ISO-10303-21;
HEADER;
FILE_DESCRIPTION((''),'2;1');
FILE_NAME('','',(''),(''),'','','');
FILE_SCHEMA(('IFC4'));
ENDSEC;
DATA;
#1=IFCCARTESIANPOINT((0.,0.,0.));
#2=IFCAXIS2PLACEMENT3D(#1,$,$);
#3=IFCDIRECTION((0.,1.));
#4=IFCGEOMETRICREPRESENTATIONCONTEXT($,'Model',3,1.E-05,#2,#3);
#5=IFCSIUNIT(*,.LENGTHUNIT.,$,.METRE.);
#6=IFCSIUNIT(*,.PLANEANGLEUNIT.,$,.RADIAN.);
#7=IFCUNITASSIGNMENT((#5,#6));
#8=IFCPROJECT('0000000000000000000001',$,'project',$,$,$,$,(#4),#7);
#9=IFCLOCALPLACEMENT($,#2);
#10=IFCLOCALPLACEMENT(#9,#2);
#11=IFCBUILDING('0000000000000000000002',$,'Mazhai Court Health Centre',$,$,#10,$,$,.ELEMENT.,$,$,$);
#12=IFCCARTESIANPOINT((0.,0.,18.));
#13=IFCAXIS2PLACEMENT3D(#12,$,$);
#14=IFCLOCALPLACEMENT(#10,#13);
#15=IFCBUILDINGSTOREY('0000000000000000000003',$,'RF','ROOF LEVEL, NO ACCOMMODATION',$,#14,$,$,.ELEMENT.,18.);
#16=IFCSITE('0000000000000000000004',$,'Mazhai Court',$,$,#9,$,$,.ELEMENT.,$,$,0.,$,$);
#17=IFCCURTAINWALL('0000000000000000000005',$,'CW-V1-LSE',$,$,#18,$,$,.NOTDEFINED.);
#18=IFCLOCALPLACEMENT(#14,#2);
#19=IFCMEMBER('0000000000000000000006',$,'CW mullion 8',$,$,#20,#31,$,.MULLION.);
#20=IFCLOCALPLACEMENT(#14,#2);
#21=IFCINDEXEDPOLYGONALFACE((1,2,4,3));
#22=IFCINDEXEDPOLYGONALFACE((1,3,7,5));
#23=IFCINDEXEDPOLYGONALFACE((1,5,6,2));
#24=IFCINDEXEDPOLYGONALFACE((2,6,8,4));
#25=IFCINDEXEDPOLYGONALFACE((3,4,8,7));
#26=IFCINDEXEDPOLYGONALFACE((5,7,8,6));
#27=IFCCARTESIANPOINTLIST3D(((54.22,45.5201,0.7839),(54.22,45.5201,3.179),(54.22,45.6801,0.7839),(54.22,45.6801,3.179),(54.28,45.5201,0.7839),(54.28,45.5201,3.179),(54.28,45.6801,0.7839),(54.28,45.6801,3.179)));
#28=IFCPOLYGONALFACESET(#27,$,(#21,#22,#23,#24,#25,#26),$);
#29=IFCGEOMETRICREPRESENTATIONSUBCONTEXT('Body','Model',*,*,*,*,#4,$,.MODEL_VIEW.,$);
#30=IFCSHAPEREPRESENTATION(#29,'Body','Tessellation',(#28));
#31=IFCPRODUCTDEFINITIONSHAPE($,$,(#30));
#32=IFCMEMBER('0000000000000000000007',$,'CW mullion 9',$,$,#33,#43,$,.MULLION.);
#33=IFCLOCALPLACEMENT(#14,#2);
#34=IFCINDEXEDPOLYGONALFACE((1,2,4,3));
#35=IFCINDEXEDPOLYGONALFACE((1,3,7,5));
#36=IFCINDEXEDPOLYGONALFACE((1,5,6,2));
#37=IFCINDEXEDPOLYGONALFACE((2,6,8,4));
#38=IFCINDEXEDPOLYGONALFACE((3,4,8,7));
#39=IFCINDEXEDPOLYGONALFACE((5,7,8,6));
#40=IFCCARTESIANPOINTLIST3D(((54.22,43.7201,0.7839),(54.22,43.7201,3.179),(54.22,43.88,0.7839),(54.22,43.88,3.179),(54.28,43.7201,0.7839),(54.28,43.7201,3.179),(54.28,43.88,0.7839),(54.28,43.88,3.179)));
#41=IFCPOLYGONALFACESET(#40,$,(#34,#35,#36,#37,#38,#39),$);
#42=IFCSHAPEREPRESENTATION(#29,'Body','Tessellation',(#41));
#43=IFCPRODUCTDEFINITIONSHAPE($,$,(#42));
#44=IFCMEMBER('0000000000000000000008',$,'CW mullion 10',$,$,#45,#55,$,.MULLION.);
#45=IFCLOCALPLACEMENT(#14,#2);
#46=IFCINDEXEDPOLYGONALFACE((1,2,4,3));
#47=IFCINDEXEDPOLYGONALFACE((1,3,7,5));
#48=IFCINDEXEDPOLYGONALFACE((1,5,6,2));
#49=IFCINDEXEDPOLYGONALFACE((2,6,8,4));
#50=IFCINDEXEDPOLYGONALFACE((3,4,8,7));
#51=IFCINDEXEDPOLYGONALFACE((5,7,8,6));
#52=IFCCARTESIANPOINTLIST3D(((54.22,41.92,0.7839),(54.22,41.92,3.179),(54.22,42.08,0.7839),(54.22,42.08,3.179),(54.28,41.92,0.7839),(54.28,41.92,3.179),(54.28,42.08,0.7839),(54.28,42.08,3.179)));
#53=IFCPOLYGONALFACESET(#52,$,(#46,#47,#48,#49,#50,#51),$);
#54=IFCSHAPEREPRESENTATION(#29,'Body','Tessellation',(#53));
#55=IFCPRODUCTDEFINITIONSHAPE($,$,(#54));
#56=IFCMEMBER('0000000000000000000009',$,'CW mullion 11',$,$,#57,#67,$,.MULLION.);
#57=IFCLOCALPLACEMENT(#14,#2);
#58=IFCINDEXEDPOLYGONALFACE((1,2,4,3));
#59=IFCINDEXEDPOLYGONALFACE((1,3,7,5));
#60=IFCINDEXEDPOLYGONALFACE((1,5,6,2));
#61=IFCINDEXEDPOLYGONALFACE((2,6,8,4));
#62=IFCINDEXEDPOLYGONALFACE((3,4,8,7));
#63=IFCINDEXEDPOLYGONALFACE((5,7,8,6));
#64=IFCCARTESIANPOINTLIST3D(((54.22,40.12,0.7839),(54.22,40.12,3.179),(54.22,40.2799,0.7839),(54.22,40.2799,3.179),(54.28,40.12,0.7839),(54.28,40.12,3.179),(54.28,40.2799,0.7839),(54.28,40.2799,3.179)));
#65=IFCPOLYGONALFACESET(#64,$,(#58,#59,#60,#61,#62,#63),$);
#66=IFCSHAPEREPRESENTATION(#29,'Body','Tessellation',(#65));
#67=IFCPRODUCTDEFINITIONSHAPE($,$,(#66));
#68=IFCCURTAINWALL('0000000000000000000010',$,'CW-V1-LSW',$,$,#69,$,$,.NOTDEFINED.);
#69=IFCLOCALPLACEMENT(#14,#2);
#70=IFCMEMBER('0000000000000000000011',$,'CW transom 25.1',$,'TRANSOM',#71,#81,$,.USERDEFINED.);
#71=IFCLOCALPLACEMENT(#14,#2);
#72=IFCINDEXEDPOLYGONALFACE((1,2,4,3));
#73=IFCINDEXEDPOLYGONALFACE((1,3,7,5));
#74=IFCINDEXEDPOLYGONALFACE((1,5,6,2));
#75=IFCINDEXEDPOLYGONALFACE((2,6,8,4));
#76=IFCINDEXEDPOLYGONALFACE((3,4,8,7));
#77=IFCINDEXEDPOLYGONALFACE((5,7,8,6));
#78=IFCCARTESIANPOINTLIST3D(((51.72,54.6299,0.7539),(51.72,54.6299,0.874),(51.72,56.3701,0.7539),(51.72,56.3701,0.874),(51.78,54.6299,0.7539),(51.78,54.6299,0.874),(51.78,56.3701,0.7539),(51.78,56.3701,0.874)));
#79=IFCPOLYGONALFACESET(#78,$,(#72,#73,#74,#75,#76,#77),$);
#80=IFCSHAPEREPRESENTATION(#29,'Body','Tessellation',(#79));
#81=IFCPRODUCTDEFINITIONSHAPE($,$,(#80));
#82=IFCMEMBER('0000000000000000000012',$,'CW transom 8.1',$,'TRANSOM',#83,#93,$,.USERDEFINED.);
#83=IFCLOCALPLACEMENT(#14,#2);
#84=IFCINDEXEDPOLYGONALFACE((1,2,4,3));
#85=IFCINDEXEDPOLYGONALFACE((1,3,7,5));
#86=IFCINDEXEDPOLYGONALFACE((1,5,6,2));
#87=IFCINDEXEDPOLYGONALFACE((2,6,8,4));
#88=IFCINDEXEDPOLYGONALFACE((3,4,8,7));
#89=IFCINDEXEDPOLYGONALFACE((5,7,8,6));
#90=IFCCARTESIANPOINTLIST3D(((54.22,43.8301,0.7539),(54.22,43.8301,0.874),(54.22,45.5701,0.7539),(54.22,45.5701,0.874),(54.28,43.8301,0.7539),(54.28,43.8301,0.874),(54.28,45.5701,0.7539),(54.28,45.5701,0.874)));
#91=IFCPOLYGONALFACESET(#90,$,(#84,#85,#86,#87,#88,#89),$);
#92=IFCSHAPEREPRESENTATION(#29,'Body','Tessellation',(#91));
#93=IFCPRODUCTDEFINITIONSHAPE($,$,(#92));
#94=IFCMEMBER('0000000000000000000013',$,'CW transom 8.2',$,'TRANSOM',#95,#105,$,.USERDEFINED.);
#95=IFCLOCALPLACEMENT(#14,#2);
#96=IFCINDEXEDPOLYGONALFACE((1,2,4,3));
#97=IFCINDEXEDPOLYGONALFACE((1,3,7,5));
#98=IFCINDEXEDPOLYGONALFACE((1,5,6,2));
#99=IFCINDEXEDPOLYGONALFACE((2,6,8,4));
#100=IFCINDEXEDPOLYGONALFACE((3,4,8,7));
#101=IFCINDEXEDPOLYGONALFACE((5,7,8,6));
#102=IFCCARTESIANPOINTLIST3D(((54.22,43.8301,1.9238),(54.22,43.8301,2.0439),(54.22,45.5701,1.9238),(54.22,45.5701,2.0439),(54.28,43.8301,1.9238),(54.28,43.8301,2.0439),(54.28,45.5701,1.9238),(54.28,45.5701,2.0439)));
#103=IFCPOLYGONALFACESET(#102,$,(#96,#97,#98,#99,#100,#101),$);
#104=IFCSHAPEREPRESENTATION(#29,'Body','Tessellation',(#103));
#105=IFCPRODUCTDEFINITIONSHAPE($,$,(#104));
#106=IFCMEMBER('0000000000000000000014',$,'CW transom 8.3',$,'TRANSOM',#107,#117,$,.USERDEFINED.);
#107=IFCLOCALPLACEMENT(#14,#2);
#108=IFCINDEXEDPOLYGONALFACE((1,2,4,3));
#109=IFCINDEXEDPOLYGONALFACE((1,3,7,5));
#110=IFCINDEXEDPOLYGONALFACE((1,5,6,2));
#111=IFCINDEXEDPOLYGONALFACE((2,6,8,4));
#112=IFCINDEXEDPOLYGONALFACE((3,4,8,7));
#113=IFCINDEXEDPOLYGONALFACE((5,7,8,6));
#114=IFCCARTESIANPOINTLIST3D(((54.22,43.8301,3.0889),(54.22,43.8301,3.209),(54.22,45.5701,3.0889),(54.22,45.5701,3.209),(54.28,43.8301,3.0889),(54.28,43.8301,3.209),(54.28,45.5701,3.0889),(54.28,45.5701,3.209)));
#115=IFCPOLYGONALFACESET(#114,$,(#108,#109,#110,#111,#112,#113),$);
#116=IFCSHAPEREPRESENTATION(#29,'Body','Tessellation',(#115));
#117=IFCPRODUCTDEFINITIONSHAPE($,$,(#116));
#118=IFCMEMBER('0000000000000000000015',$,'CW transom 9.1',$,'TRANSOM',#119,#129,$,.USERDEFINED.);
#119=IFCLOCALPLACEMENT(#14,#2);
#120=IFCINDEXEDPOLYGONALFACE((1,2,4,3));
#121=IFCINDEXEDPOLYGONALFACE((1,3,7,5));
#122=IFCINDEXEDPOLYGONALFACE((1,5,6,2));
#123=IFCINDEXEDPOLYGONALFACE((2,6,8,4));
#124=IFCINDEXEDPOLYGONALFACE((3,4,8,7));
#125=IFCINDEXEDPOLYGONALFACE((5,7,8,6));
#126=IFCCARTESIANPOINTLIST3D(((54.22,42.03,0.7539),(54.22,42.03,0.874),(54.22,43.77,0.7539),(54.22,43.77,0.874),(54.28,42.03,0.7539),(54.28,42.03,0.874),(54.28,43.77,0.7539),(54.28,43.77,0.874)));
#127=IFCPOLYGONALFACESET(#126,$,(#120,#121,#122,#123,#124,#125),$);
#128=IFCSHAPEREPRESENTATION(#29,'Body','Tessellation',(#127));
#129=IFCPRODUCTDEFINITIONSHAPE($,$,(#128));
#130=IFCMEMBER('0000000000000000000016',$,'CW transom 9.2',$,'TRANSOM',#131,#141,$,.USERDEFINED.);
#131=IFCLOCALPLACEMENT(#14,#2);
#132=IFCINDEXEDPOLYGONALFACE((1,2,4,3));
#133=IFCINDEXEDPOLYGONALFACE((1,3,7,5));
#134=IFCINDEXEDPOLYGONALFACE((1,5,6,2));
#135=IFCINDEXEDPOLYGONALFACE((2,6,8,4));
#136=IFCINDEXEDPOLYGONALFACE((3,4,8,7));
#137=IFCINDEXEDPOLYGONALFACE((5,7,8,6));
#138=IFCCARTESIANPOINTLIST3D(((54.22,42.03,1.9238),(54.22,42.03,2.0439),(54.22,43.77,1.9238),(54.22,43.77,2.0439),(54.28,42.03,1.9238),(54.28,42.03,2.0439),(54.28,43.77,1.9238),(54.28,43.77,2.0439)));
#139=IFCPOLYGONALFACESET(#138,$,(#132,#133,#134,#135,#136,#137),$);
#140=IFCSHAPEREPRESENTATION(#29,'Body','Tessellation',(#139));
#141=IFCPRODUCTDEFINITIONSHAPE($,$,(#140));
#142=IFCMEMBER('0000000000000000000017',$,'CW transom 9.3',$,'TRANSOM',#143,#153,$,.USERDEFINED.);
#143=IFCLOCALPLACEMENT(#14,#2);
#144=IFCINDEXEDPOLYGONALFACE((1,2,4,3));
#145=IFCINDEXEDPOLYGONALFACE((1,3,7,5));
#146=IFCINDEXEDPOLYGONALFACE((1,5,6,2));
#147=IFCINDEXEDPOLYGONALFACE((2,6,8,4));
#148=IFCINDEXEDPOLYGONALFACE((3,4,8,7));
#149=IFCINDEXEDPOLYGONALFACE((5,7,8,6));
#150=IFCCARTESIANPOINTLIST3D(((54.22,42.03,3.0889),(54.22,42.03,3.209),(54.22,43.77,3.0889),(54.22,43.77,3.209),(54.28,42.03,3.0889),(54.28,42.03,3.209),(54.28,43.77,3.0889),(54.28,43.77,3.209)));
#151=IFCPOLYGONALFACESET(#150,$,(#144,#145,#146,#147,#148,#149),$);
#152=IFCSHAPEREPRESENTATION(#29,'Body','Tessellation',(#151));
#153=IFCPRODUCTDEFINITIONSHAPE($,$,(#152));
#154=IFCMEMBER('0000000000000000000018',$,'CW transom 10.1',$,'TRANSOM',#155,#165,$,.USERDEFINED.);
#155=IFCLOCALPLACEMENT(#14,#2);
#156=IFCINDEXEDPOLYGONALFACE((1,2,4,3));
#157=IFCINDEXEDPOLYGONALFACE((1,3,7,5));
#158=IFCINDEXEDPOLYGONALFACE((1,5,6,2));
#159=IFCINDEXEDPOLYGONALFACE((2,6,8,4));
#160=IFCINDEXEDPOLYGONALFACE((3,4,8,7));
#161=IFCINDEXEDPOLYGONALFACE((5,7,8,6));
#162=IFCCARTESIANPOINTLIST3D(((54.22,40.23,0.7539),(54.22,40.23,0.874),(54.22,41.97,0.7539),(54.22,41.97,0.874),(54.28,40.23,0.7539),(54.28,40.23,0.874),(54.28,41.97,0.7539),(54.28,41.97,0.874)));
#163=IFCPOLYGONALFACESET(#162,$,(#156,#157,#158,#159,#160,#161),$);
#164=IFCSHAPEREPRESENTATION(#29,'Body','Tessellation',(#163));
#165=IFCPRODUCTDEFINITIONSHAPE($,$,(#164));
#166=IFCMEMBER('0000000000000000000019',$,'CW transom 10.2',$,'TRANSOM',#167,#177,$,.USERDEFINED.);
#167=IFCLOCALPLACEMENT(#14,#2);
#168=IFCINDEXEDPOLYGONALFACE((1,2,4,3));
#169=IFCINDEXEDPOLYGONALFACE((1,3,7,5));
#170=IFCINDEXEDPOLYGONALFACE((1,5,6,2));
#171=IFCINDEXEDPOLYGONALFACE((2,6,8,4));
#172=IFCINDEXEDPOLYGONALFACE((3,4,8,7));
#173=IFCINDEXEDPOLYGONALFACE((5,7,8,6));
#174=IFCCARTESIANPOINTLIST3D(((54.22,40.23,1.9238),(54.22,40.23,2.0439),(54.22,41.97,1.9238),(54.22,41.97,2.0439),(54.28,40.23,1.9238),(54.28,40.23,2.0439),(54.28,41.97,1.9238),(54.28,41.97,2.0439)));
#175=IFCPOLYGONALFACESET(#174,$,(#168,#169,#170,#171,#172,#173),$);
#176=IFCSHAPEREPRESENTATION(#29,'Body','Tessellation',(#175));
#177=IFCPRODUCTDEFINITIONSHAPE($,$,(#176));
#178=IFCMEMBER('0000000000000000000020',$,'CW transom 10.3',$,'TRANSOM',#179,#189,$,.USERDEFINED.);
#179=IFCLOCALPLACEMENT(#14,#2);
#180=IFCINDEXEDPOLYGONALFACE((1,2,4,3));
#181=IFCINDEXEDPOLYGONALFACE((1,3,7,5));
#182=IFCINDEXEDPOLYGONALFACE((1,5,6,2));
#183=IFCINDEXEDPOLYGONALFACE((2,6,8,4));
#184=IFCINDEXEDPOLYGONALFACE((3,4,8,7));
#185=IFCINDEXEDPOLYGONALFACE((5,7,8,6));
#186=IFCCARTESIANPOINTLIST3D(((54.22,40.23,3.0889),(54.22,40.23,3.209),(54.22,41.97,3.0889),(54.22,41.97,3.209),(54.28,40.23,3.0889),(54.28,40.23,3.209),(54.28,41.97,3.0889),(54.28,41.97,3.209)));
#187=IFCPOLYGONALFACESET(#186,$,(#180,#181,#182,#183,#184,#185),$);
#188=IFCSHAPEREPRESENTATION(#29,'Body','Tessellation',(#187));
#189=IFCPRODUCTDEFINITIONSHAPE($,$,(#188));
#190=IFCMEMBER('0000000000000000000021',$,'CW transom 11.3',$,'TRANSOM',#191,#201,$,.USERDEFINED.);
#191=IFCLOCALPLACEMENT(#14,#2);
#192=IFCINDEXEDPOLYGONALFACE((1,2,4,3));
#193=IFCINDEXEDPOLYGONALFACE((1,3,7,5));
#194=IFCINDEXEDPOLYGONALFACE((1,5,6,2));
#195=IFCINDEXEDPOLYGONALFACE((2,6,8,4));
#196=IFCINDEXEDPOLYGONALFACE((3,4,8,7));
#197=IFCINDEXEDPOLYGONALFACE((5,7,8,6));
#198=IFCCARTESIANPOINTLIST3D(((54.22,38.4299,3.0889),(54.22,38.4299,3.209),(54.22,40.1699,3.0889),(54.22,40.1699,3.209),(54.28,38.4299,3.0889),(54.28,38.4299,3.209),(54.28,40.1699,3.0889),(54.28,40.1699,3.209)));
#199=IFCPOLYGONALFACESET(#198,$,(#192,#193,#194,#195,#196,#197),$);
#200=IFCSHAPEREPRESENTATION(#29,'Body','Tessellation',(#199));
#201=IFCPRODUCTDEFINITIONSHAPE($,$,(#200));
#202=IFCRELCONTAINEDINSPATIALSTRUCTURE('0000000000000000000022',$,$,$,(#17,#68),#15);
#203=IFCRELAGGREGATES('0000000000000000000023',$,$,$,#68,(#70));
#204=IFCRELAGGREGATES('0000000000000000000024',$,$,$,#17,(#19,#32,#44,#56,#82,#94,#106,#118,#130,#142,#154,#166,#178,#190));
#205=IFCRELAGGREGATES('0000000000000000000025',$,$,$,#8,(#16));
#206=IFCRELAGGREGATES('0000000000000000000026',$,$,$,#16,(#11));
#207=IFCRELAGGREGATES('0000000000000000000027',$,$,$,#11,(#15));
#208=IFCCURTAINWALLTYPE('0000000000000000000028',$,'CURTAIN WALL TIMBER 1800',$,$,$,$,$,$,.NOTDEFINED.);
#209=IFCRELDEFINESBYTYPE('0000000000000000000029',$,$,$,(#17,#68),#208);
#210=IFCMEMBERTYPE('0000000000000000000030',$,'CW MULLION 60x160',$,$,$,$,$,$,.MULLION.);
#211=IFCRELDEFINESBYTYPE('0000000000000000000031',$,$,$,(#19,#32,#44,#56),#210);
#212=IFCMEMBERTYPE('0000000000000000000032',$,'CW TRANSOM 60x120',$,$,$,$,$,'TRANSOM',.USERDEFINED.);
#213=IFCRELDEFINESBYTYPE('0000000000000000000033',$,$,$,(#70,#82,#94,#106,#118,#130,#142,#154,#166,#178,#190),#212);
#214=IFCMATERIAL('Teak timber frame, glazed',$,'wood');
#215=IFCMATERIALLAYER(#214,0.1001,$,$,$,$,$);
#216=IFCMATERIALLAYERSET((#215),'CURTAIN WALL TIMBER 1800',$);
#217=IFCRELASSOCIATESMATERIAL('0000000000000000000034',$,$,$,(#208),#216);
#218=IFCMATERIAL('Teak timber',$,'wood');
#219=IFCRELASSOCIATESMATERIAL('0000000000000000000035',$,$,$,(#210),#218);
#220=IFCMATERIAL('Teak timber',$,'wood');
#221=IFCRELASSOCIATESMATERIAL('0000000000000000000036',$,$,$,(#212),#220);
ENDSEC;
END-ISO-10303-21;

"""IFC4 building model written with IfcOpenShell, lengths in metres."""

from ifc_helpers import new_model, si_unit, direction, frame, origin, origin_2d, place, context, subcontext, project, spatial, rectangle, extrude, material, layer, layer_set, material_profile, profile_set, type_object, element, aggregate, save


model = new_model("IFC4")

# Units and contexts
model_context = context("Model", 3, precision=1e-05, world=origin(), true_north=direction((0.0, 1.0)))
body_context = subcontext(model_context, "Body", "Model", "MODEL_VIEW")
ifc_project = project(units=[si_unit("LENGTHUNIT", "METRE"), si_unit("PLANEANGLEUNIT", "RADIAN")], contexts=[model_context])

# Site, building, storey
site_placement = place(None, origin())
site = spatial("IfcSite", under=ifc_project, at=site_placement, Name="Mazhai Court", CompositionType="ELEMENT", RefElevation=0.0)
building_placement = place(site_placement, origin())
building = spatial("IfcBuilding", under=site, at=building_placement, Name="Mazhai Court Health Centre", CompositionType="ELEMENT")
storey_placement = place(building_placement, frame((0.0, 0.0, 18.0)))
storey = spatial("IfcBuildingStorey", under=building, at=storey_placement, Name="RF", Description="ROOF LEVEL, NO ACCOMMODATION", CompositionType="ELEMENT", Elevation=18.0)

# Curtain wall, members
ifc_material_1 = material(Name="Teak timber frame, glazed", Category="wood")
ifc_layer_1 = layer(ifc_material_1, 0.1001)
ifc_layer_set_1 = layer_set([ifc_layer_1], Name="CURTAIN WALL TIMBER 1800")
curtain_wall_type = type_object("IfcCurtainWallType", Name="CURTAIN WALL TIMBER 1800", PredefinedType="NOTDEFINED", material=ifc_layer_set_1)
curtain_wall_1_placement = place(storey_placement, origin())
curtain_wall_1 = element("IfcCurtainWall", 1, at=curtain_wall_1_placement, inside=storey, type_object=curtain_wall_type, Name="CW-V1-LSE", PredefinedType="NOTDEFINED")
ifc_material_2 = material(Name="Teak timber", Category="wood")
ifc_material_profile_1 = material_profile(ifc_material_2, rectangle(XDim=0.0601, YDim=0.1599, at=origin_2d()), Name="CW MULLION 60x160")
ifc_profile_set_1 = profile_set([ifc_material_profile_1], Name="Teak timber")
member_type_1 = type_object("IfcMemberType", Name="CW MULLION 60x160", PredefinedType="MULLION", material=ifc_profile_set_1)
member_1_placement = place(storey_placement, frame((54.25, 45.6001, 0.7839), z_axis=(0.0, 0.0, 1.0), x_axis=(1.0, 0.0, 0.0)))
member_1 = element("IfcMember", 2, at=member_1_placement, type_object=member_type_1, Name="CW mullion 8", PredefinedType="MULLION", context=body_context, shape_type="SweptSolid", body=[
    extrude(rectangle(XDim=0.0601, YDim=0.1599, at=origin_2d()), origin(), (0.0, 0.0, 1.0), 2.395),
])
member_2_placement = place(storey_placement, frame((54.25, 43.8, 0.7839), z_axis=(0.0, 0.0, 1.0), x_axis=(1.0, 0.0, 0.0)))
member_2 = element("IfcMember", 3, at=member_2_placement, type_object=member_type_1, Name="CW mullion 9", PredefinedType="MULLION", context=body_context, shape_type="SweptSolid", body=[
    extrude(rectangle(XDim=0.0601, YDim=0.1599, at=origin_2d()), origin(), (0.0, 0.0, 1.0), 2.395),
])
member_3_placement = place(storey_placement, frame((54.25, 42.0, 0.7839), z_axis=(0.0, 0.0, 1.0), x_axis=(1.0, 0.0, 0.0)))
member_3 = element("IfcMember", 4, at=member_3_placement, type_object=member_type_1, Name="CW mullion 10", PredefinedType="MULLION", context=body_context, shape_type="SweptSolid", body=[
    extrude(rectangle(XDim=0.0601, YDim=0.1599, at=origin_2d()), origin(), (0.0, 0.0, 1.0), 2.395),
])
member_4_placement = place(storey_placement, frame((54.25, 40.2, 0.7839), z_axis=(0.0, 0.0, 1.0), x_axis=(1.0, 0.0, 0.0)))
member_4 = element("IfcMember", 5, at=member_4_placement, type_object=member_type_1, Name="CW mullion 11", PredefinedType="MULLION", context=body_context, shape_type="SweptSolid", body=[
    extrude(rectangle(XDim=0.0601, YDim=0.1599, at=origin_2d()), origin(), (0.0, 0.0, 1.0), 2.395),
])

# Curtain wall, member
curtain_wall_2_placement = place(storey_placement, origin())
curtain_wall_2 = element("IfcCurtainWall", 6, at=curtain_wall_2_placement, inside=storey, type_object=curtain_wall_type, Name="CW-V1-LSW", PredefinedType="NOTDEFINED")
ifc_material_3 = material(Name="Teak timber", Category="wood")
ifc_material_profile_2 = material_profile(ifc_material_3, rectangle(XDim=0.0601, YDim=0.1201, at=origin_2d()), Name="CW TRANSOM 60x120")
ifc_profile_set_2 = profile_set([ifc_material_profile_2], Name="Teak timber")
member_type_2 = type_object("IfcMemberType", Name="CW TRANSOM 60x120", ElementType="TRANSOM", PredefinedType="USERDEFINED", material=ifc_profile_set_2)
member_5_placement = place(storey_placement, frame((51.75, 54.6299, 0.814), z_axis=(0.0, 1.0, 0.0), x_axis=(-1.0, 0.0, 0.0)))
member_5 = element("IfcMember", 7, at=member_5_placement, type_object=member_type_2, Name="CW transom 25.1", ObjectType="TRANSOM", PredefinedType="USERDEFINED", context=body_context, shape_type="SweptSolid", body=[
    extrude(rectangle(XDim=0.0601, YDim=0.1201, at=origin_2d()), origin(), (0.0, 0.0, 1.0), 1.7402),
])

# Members
member_6_placement = place(storey_placement, frame((54.25, 45.5701, 0.814), z_axis=(0.0, -1.0, 0.0), x_axis=(1.0, 0.0, 0.0)))
member_6 = element("IfcMember", 8, at=member_6_placement, type_object=member_type_2, Name="CW transom 8.1", ObjectType="TRANSOM", PredefinedType="USERDEFINED", context=body_context, shape_type="SweptSolid", body=[
    extrude(rectangle(XDim=0.0601, YDim=0.1201, at=origin_2d()), origin(), (0.0, 0.0, 1.0), 1.74),
])
member_7_placement = place(storey_placement, frame((54.25, 45.5701, 1.9839), z_axis=(0.0, -1.0, 0.0), x_axis=(1.0, 0.0, 0.0)))
member_7 = element("IfcMember", 9, at=member_7_placement, type_object=member_type_2, Name="CW transom 8.2", ObjectType="TRANSOM", PredefinedType="USERDEFINED", context=body_context, shape_type="SweptSolid", body=[
    extrude(rectangle(XDim=0.0601, YDim=0.1201, at=origin_2d()), origin(), (0.0, 0.0, 1.0), 1.74),
])
member_8_placement = place(storey_placement, frame((54.25, 45.5701, 3.1489), z_axis=(0.0, -1.0, 0.0), x_axis=(1.0, 0.0, 0.0)))
member_8 = element("IfcMember", 10, at=member_8_placement, type_object=member_type_2, Name="CW transom 8.3", ObjectType="TRANSOM", PredefinedType="USERDEFINED", context=body_context, shape_type="SweptSolid", body=[
    extrude(rectangle(XDim=0.0601, YDim=0.1201, at=origin_2d()), origin(), (0.0, 0.0, 1.0), 1.74),
])
member_9_placement = place(storey_placement, frame((54.25, 43.77, 0.814), z_axis=(0.0, -1.0, 0.0), x_axis=(1.0, 0.0, 0.0)))
member_9 = element("IfcMember", 11, at=member_9_placement, type_object=member_type_2, Name="CW transom 9.1", ObjectType="TRANSOM", PredefinedType="USERDEFINED", context=body_context, shape_type="SweptSolid", body=[
    extrude(rectangle(XDim=0.0601, YDim=0.1201, at=origin_2d()), origin(), (0.0, 0.0, 1.0), 1.74),
])
member_10_placement = place(storey_placement, frame((54.25, 43.77, 1.9839), z_axis=(0.0, -1.0, 0.0), x_axis=(1.0, 0.0, 0.0)))
member_10 = element("IfcMember", 12, at=member_10_placement, type_object=member_type_2, Name="CW transom 9.2", ObjectType="TRANSOM", PredefinedType="USERDEFINED", context=body_context, shape_type="SweptSolid", body=[
    extrude(rectangle(XDim=0.0601, YDim=0.1201, at=origin_2d()), origin(), (0.0, 0.0, 1.0), 1.74),
])
member_11_placement = place(storey_placement, frame((54.25, 43.77, 3.1489), z_axis=(0.0, -1.0, 0.0), x_axis=(1.0, 0.0, 0.0)))
member_11 = element("IfcMember", 13, at=member_11_placement, type_object=member_type_2, Name="CW transom 9.3", ObjectType="TRANSOM", PredefinedType="USERDEFINED", context=body_context, shape_type="SweptSolid", body=[
    extrude(rectangle(XDim=0.0601, YDim=0.1201, at=origin_2d()), origin(), (0.0, 0.0, 1.0), 1.74),
])
member_12_placement = place(storey_placement, frame((54.25, 41.97, 0.814), z_axis=(0.0, -1.0, 0.0), x_axis=(1.0, 0.0, 0.0)))
member_12 = element("IfcMember", 14, at=member_12_placement, type_object=member_type_2, Name="CW transom 10.1", ObjectType="TRANSOM", PredefinedType="USERDEFINED", context=body_context, shape_type="SweptSolid", body=[
    extrude(rectangle(XDim=0.0601, YDim=0.1201, at=origin_2d()), origin(), (0.0, 0.0, 1.0), 1.74),
])
member_13_placement = place(storey_placement, frame((54.25, 41.97, 1.9839), z_axis=(0.0, -1.0, 0.0), x_axis=(1.0, 0.0, 0.0)))
member_13 = element("IfcMember", 15, at=member_13_placement, type_object=member_type_2, Name="CW transom 10.2", ObjectType="TRANSOM", PredefinedType="USERDEFINED", context=body_context, shape_type="SweptSolid", body=[
    extrude(rectangle(XDim=0.0601, YDim=0.1201, at=origin_2d()), origin(), (0.0, 0.0, 1.0), 1.74),
])
member_14_placement = place(storey_placement, frame((54.25, 41.97, 3.1489), z_axis=(0.0, -1.0, 0.0), x_axis=(1.0, 0.0, 0.0)))
member_14 = element("IfcMember", 16, at=member_14_placement, type_object=member_type_2, Name="CW transom 10.3", ObjectType="TRANSOM", PredefinedType="USERDEFINED", context=body_context, shape_type="SweptSolid", body=[
    extrude(rectangle(XDim=0.0601, YDim=0.1201, at=origin_2d()), origin(), (0.0, 0.0, 1.0), 1.74),
])
member_15_placement = place(storey_placement, frame((54.25, 40.1699, 3.1489), z_axis=(0.0, -1.0, 0.0), x_axis=(1.0, 0.0, 0.0)))
member_15 = element("IfcMember", 17, at=member_15_placement, type_object=member_type_2, Name="CW transom 11.3", ObjectType="TRANSOM", PredefinedType="USERDEFINED", context=body_context, shape_type="SweptSolid", body=[
    extrude(rectangle(XDim=0.0601, YDim=0.1201, at=origin_2d()), origin(), (0.0, 0.0, 1.0), 1.74),
])

aggregate(curtain_wall_2, [member_5])
aggregate(curtain_wall_1, [member_1, member_2, member_3, member_4, member_6, member_7, member_8, member_9, member_10, member_11, member_12, member_13, member_14, member_15])

save(model, "model.ifc")
